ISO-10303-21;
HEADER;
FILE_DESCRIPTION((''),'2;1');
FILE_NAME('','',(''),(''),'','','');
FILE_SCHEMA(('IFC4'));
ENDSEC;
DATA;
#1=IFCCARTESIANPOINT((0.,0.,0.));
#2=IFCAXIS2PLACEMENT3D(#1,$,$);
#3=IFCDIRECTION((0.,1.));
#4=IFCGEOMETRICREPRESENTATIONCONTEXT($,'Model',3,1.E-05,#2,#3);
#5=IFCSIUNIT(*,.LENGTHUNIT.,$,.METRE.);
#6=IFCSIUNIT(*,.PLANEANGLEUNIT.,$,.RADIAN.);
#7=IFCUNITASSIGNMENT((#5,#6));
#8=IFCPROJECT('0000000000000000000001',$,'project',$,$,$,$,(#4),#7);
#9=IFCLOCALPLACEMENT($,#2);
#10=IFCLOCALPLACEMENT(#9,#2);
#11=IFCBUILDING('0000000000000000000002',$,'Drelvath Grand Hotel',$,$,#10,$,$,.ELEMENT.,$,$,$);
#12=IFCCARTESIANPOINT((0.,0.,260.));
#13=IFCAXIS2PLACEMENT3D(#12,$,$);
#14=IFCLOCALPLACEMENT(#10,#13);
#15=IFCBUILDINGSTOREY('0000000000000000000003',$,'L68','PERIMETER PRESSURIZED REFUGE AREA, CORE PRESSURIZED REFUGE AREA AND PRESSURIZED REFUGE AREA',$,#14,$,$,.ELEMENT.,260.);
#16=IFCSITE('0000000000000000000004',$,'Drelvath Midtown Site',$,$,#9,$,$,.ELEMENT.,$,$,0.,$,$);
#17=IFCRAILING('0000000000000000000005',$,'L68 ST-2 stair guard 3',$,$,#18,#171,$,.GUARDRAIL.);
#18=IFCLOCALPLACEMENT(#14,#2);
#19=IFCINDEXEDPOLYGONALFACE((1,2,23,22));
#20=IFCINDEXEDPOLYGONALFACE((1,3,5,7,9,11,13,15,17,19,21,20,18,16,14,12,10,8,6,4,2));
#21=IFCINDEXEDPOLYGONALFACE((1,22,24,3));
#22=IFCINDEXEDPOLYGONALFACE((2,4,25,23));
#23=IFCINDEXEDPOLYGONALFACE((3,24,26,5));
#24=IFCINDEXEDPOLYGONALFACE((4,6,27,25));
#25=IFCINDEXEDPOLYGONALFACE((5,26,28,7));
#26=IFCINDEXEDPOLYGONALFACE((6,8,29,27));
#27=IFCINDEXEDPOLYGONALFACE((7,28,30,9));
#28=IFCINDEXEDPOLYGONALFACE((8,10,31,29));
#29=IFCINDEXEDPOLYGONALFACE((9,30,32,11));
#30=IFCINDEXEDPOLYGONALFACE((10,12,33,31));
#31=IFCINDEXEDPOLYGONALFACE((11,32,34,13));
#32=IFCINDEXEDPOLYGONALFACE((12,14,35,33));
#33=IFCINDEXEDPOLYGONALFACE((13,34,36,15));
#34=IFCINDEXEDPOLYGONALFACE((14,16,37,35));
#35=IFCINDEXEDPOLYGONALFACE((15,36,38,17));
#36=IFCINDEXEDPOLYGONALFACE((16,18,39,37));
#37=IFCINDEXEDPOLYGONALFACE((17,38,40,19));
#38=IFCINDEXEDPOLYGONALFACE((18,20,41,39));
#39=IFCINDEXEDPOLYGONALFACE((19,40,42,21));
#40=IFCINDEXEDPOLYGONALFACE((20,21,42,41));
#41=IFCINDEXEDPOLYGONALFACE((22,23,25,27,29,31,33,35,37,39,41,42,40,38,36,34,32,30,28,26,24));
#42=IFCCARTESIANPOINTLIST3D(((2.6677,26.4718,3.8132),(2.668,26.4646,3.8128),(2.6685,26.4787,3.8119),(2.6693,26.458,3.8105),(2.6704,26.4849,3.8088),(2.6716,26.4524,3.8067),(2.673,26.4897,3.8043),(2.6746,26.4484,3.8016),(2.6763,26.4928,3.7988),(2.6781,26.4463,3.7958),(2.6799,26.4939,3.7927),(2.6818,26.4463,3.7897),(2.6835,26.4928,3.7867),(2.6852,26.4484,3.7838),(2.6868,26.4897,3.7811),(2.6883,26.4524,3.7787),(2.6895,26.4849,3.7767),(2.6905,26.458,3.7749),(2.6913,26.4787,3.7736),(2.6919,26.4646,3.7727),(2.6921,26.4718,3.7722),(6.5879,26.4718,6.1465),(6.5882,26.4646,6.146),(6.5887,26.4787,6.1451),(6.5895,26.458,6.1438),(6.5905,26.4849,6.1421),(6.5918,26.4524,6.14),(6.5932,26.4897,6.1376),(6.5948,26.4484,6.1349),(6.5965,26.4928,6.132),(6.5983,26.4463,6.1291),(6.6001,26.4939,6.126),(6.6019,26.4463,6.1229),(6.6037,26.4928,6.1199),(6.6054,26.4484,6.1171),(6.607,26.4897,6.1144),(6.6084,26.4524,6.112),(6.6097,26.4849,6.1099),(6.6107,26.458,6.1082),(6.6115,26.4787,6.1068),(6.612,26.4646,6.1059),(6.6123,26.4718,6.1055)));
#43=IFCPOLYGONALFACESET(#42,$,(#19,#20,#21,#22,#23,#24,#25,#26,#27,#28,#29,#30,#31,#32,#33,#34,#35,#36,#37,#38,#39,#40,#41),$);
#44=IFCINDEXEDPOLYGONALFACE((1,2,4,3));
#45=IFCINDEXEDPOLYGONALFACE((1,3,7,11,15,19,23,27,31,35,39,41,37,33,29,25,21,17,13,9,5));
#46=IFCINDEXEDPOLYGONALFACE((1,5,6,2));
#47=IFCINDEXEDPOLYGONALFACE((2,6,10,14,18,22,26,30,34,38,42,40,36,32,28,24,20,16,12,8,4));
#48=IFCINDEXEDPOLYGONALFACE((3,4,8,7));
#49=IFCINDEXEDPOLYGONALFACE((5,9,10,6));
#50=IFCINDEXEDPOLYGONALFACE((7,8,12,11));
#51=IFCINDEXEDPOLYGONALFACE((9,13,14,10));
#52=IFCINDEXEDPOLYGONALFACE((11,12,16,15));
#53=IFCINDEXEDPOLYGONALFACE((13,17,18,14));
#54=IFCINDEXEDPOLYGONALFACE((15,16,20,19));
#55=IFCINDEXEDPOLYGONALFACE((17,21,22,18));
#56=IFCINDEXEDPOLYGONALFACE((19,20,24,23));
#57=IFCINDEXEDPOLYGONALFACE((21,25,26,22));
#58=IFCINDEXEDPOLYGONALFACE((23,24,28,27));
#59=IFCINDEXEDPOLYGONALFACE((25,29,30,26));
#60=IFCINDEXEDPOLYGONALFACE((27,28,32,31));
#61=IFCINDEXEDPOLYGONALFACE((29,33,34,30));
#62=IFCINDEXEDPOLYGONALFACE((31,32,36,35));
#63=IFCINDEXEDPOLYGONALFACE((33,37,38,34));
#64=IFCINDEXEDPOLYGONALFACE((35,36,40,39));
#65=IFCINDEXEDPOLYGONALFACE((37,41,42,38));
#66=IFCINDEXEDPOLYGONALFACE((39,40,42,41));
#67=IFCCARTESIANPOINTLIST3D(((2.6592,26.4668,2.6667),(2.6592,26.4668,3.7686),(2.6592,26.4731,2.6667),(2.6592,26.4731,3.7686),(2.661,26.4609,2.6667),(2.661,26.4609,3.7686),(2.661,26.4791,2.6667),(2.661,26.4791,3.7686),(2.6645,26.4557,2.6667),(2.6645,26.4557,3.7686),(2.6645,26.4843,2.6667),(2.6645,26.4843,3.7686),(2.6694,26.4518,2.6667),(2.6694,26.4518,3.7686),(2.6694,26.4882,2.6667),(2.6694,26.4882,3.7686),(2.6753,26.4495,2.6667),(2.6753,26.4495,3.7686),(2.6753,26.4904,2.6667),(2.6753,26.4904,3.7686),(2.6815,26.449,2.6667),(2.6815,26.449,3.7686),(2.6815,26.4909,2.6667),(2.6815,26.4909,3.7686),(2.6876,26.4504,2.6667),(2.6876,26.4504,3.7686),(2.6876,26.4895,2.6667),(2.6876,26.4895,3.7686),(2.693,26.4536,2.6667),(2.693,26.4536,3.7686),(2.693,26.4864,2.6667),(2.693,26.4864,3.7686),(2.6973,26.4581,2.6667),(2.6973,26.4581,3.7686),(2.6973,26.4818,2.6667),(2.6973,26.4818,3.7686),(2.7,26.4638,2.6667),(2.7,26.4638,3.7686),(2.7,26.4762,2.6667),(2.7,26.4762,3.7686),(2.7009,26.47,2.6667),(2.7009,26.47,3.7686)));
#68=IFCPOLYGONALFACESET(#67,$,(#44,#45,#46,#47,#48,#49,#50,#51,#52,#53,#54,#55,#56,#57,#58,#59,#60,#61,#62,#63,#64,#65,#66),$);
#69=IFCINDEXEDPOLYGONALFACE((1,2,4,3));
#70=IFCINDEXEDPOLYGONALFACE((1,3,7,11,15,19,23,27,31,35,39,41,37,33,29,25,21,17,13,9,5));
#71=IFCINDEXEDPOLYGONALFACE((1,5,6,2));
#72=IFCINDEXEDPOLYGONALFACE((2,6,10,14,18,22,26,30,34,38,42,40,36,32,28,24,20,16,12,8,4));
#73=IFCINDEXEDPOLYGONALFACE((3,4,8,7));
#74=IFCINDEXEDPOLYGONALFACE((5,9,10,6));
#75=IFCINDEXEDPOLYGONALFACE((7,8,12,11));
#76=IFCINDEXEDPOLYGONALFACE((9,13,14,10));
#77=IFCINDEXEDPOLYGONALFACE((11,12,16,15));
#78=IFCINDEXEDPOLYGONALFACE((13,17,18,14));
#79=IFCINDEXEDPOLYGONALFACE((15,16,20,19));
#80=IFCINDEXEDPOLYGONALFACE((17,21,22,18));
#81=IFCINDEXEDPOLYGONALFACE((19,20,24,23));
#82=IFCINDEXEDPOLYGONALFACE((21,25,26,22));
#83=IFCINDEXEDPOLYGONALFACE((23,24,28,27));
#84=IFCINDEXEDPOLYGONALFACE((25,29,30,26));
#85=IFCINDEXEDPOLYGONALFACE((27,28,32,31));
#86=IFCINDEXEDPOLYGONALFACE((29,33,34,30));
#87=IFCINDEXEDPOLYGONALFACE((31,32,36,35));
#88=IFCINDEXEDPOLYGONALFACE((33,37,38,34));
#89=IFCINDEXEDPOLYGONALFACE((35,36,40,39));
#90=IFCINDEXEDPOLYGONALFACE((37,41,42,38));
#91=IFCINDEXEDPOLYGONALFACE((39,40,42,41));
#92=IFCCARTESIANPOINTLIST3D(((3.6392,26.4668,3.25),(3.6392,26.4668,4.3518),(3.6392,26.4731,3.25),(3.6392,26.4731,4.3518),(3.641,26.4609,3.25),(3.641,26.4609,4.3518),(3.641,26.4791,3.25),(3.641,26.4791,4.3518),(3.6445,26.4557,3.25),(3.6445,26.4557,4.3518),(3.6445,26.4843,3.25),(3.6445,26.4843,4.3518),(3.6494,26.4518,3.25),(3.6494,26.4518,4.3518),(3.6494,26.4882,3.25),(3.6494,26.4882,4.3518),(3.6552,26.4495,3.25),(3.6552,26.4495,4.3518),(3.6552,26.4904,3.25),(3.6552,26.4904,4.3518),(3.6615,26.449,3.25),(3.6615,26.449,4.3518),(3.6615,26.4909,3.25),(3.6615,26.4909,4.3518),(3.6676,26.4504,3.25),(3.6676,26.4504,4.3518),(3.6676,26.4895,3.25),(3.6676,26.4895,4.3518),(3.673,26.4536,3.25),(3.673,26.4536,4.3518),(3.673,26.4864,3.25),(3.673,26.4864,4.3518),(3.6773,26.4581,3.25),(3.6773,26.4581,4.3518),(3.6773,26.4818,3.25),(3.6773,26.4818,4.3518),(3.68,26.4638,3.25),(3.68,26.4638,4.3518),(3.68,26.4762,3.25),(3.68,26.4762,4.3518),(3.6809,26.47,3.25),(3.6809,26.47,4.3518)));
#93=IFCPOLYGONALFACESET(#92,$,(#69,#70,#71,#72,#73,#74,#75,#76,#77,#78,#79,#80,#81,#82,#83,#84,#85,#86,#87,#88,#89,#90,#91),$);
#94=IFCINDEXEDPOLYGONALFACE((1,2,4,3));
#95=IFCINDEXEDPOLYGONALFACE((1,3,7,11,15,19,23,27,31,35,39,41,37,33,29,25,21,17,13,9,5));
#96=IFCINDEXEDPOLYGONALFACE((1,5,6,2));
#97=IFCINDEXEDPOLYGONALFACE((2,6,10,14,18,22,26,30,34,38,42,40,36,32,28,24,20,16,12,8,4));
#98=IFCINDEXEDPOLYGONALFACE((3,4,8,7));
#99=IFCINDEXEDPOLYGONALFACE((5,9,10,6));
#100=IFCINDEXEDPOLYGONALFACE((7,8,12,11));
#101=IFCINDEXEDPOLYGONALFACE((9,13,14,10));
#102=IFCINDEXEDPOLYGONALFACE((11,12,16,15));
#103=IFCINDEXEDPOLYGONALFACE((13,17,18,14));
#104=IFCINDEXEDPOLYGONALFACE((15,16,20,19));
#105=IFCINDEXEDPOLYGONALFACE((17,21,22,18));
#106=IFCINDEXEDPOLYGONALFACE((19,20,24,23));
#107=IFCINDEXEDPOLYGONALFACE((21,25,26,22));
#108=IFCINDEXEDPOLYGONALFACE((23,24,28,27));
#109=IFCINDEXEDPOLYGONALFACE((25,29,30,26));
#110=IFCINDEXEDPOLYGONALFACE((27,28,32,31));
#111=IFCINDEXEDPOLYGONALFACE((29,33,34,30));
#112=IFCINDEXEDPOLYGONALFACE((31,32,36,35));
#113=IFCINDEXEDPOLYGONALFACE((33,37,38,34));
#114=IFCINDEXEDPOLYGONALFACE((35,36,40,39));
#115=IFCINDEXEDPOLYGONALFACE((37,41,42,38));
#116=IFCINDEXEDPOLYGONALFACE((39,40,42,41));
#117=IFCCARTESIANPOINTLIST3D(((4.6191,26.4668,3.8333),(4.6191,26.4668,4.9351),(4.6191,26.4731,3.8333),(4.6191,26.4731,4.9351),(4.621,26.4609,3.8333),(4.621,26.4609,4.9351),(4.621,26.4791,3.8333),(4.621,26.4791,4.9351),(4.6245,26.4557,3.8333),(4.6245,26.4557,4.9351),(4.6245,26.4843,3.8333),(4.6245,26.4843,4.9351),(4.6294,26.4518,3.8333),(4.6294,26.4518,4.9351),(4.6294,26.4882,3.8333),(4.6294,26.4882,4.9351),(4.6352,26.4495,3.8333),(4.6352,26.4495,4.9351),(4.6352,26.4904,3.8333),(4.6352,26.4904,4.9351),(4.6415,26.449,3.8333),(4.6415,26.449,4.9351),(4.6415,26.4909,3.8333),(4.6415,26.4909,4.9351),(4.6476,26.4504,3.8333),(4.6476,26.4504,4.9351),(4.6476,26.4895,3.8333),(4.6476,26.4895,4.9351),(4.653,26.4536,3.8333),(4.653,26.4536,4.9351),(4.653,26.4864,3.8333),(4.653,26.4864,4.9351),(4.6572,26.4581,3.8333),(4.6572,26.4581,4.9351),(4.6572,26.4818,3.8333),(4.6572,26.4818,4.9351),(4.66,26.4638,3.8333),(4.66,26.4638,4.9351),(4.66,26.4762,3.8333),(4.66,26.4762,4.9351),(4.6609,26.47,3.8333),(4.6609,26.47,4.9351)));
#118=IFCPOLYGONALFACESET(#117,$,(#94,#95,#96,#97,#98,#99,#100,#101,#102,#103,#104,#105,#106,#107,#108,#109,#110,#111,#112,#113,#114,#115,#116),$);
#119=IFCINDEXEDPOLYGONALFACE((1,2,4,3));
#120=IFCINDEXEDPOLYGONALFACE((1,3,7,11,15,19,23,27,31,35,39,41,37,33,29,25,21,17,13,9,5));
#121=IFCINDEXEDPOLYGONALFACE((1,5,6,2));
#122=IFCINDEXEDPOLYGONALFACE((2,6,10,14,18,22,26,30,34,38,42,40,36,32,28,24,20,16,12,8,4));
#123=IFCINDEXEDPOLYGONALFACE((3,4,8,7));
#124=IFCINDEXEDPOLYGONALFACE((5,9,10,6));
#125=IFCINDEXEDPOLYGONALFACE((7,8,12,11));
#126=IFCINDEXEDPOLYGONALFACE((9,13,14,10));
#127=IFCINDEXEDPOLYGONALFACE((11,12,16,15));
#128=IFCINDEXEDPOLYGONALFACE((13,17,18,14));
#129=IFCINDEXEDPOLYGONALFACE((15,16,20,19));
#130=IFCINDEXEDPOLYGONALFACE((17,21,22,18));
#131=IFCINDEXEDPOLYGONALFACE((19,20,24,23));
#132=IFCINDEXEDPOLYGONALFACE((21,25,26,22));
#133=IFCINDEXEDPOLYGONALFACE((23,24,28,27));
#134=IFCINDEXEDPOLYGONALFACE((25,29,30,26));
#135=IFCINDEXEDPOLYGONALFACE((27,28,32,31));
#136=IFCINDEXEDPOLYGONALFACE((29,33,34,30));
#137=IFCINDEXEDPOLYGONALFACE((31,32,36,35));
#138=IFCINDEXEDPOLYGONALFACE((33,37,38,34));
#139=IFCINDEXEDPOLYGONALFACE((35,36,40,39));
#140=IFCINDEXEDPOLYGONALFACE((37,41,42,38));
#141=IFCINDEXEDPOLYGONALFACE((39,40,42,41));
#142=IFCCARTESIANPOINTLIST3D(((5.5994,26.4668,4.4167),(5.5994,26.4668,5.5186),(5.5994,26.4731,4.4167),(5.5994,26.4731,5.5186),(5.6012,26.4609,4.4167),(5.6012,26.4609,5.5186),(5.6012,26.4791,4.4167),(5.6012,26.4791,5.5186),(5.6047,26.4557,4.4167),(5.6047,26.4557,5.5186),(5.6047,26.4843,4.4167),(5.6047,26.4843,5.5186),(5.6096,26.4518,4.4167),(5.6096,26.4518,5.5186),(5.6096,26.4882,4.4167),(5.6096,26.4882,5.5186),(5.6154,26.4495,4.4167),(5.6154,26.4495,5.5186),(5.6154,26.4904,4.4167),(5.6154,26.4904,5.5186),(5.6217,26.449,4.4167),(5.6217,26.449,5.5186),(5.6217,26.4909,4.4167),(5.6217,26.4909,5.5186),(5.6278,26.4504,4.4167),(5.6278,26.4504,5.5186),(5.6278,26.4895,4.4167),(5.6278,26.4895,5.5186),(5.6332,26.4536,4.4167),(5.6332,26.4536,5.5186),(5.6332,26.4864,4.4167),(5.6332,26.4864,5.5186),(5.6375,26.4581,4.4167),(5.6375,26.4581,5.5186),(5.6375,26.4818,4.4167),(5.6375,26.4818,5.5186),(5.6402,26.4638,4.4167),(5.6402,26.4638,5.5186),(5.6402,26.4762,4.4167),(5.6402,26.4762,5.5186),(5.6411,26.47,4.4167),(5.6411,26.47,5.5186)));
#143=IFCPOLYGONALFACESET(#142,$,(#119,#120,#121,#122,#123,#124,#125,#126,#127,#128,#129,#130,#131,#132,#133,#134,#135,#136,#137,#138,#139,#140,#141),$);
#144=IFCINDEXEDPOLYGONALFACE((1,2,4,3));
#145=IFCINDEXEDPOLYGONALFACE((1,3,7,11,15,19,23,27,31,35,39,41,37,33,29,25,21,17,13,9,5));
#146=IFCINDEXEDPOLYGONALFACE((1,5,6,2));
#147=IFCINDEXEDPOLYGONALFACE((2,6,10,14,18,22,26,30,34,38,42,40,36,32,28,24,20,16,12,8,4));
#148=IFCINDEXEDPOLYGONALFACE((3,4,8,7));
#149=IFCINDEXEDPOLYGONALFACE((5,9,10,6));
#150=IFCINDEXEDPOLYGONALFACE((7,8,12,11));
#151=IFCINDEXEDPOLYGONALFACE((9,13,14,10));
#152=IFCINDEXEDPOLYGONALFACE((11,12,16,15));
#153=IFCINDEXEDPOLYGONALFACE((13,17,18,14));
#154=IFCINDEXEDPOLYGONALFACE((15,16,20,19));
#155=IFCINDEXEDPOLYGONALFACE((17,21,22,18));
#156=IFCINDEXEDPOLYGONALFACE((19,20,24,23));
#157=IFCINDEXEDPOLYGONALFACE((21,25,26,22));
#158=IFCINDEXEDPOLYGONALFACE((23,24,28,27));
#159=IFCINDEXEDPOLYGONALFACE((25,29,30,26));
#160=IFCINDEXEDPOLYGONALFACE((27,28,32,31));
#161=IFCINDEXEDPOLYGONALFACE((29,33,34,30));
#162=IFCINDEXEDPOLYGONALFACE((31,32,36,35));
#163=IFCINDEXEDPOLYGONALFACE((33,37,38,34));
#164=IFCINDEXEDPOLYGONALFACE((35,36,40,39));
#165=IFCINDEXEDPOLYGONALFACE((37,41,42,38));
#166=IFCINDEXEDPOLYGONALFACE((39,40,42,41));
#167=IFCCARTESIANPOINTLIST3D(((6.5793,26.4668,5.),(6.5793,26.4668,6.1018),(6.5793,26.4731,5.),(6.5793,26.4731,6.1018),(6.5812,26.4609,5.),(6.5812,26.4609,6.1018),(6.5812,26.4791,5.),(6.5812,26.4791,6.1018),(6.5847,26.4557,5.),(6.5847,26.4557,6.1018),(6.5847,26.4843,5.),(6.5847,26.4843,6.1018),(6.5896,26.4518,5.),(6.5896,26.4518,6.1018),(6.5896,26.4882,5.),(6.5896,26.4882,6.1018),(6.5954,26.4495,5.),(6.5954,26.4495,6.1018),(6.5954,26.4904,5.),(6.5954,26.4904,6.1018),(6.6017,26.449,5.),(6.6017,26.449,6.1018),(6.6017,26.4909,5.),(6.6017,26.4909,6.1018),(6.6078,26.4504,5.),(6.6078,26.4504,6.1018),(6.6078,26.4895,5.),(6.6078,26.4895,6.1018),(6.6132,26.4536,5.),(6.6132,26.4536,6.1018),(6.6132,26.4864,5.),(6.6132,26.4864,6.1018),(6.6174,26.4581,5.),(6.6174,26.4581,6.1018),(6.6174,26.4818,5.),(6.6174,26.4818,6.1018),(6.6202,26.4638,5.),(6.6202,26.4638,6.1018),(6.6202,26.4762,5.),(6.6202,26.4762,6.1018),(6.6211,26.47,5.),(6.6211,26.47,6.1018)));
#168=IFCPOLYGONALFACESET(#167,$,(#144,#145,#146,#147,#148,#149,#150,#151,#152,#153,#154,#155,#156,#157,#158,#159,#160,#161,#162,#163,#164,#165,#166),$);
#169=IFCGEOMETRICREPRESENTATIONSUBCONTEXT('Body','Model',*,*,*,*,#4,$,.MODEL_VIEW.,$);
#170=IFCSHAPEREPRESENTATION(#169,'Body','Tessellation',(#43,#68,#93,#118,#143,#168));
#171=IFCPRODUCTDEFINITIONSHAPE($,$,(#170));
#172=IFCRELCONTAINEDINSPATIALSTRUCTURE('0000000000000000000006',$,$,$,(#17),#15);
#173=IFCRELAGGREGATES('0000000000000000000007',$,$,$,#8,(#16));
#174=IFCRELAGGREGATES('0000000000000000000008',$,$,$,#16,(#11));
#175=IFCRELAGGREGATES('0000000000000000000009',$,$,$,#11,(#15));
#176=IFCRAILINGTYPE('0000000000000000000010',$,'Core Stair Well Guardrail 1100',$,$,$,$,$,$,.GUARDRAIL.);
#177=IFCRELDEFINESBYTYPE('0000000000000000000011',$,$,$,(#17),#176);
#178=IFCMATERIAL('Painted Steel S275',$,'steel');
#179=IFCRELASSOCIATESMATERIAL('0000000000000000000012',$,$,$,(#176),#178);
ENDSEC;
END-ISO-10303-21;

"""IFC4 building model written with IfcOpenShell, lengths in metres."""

from ifc_helpers import new_model, si_unit, direction, frame, origin, origin_2d, place, context, subcontext, project, spatial, circle, extrude, material, type_object, element, save


model = new_model("IFC4")

# Units and contexts
model_context = context("Model", 3, precision=1e-05, world=origin(), true_north=direction((0.0, 1.0)))
body_context = subcontext(model_context, "Body", "Model", "MODEL_VIEW")
ifc_project = project(units=[si_unit("LENGTHUNIT", "METRE"), si_unit("PLANEANGLEUNIT", "RADIAN")], contexts=[model_context])

# Site, building, storey
site_placement = place(None, origin())
site = spatial("IfcSite", under=ifc_project, at=site_placement, Name="Drelvath Midtown Site", CompositionType="ELEMENT", RefElevation=0.0)
building_placement = place(site_placement, origin())
building = spatial("IfcBuilding", under=site, at=building_placement, Name="Drelvath Grand Hotel", CompositionType="ELEMENT")
storey_placement = place(building_placement, frame((0.0, 0.0, 260.0)))
storey = spatial("IfcBuildingStorey", under=building, at=storey_placement, Name="L68", Description="PERIMETER PRESSURIZED REFUGE AREA, CORE PRESSURIZED REFUGE AREA AND PRESSURIZED REFUGE AREA", CompositionType="ELEMENT", Elevation=260.0)

# Shared definitions
ifc_material_1 = material(Name="Painted Steel S275", Category="steel")

# Railing
railing_type_1 = type_object("IfcRailingType", Name="Core Stair Well Guardrail 1100", PredefinedType="GUARDRAIL", material=ifc_material_1)
railing_1_placement = place(storey_placement, frame((2.6799, 26.47, 2.6667)))
element("IfcRailing", 1, at=railing_1_placement, inside=storey, type_object=railing_type_1, Name="L68 ST-2 stair guard 3", PredefinedType="GUARDRAIL", context=body_context, shape_type="SweptSolid", body=[
    extrude(circle(Radius=0.0239, at=origin_2d()), frame((0.0, 0.0, 1.126), z_axis=(0.85931, 0.0, 0.511455), x_axis=(0.0, 1.0, 0.0)), (0.0, 0.0, 1.0), 4.562),
    extrude(circle(Radius=0.021, at=origin_2d()), origin(), (0.0, 0.0, 1.0), 1.1018),
    extrude(circle(Radius=0.021, at=origin_2d()), frame((0.98, 0.0, 0.5833)), (0.0, 0.0, 1.0), 1.1018),
    extrude(circle(Radius=0.021, at=origin_2d()), frame((1.96, 0.0, 1.1665)), (0.0, 0.0, 1.0), 1.1018),
    extrude(circle(Radius=0.021, at=origin_2d()), frame((2.9402, 0.0, 1.75)), (0.0, 0.0, 1.0), 1.1018),
    extrude(circle(Radius=0.021, at=origin_2d()), frame((3.9202, 0.0, 2.3333)), (0.0, 0.0, 1.0), 1.1018),
])

save(model, "model.ifc")
